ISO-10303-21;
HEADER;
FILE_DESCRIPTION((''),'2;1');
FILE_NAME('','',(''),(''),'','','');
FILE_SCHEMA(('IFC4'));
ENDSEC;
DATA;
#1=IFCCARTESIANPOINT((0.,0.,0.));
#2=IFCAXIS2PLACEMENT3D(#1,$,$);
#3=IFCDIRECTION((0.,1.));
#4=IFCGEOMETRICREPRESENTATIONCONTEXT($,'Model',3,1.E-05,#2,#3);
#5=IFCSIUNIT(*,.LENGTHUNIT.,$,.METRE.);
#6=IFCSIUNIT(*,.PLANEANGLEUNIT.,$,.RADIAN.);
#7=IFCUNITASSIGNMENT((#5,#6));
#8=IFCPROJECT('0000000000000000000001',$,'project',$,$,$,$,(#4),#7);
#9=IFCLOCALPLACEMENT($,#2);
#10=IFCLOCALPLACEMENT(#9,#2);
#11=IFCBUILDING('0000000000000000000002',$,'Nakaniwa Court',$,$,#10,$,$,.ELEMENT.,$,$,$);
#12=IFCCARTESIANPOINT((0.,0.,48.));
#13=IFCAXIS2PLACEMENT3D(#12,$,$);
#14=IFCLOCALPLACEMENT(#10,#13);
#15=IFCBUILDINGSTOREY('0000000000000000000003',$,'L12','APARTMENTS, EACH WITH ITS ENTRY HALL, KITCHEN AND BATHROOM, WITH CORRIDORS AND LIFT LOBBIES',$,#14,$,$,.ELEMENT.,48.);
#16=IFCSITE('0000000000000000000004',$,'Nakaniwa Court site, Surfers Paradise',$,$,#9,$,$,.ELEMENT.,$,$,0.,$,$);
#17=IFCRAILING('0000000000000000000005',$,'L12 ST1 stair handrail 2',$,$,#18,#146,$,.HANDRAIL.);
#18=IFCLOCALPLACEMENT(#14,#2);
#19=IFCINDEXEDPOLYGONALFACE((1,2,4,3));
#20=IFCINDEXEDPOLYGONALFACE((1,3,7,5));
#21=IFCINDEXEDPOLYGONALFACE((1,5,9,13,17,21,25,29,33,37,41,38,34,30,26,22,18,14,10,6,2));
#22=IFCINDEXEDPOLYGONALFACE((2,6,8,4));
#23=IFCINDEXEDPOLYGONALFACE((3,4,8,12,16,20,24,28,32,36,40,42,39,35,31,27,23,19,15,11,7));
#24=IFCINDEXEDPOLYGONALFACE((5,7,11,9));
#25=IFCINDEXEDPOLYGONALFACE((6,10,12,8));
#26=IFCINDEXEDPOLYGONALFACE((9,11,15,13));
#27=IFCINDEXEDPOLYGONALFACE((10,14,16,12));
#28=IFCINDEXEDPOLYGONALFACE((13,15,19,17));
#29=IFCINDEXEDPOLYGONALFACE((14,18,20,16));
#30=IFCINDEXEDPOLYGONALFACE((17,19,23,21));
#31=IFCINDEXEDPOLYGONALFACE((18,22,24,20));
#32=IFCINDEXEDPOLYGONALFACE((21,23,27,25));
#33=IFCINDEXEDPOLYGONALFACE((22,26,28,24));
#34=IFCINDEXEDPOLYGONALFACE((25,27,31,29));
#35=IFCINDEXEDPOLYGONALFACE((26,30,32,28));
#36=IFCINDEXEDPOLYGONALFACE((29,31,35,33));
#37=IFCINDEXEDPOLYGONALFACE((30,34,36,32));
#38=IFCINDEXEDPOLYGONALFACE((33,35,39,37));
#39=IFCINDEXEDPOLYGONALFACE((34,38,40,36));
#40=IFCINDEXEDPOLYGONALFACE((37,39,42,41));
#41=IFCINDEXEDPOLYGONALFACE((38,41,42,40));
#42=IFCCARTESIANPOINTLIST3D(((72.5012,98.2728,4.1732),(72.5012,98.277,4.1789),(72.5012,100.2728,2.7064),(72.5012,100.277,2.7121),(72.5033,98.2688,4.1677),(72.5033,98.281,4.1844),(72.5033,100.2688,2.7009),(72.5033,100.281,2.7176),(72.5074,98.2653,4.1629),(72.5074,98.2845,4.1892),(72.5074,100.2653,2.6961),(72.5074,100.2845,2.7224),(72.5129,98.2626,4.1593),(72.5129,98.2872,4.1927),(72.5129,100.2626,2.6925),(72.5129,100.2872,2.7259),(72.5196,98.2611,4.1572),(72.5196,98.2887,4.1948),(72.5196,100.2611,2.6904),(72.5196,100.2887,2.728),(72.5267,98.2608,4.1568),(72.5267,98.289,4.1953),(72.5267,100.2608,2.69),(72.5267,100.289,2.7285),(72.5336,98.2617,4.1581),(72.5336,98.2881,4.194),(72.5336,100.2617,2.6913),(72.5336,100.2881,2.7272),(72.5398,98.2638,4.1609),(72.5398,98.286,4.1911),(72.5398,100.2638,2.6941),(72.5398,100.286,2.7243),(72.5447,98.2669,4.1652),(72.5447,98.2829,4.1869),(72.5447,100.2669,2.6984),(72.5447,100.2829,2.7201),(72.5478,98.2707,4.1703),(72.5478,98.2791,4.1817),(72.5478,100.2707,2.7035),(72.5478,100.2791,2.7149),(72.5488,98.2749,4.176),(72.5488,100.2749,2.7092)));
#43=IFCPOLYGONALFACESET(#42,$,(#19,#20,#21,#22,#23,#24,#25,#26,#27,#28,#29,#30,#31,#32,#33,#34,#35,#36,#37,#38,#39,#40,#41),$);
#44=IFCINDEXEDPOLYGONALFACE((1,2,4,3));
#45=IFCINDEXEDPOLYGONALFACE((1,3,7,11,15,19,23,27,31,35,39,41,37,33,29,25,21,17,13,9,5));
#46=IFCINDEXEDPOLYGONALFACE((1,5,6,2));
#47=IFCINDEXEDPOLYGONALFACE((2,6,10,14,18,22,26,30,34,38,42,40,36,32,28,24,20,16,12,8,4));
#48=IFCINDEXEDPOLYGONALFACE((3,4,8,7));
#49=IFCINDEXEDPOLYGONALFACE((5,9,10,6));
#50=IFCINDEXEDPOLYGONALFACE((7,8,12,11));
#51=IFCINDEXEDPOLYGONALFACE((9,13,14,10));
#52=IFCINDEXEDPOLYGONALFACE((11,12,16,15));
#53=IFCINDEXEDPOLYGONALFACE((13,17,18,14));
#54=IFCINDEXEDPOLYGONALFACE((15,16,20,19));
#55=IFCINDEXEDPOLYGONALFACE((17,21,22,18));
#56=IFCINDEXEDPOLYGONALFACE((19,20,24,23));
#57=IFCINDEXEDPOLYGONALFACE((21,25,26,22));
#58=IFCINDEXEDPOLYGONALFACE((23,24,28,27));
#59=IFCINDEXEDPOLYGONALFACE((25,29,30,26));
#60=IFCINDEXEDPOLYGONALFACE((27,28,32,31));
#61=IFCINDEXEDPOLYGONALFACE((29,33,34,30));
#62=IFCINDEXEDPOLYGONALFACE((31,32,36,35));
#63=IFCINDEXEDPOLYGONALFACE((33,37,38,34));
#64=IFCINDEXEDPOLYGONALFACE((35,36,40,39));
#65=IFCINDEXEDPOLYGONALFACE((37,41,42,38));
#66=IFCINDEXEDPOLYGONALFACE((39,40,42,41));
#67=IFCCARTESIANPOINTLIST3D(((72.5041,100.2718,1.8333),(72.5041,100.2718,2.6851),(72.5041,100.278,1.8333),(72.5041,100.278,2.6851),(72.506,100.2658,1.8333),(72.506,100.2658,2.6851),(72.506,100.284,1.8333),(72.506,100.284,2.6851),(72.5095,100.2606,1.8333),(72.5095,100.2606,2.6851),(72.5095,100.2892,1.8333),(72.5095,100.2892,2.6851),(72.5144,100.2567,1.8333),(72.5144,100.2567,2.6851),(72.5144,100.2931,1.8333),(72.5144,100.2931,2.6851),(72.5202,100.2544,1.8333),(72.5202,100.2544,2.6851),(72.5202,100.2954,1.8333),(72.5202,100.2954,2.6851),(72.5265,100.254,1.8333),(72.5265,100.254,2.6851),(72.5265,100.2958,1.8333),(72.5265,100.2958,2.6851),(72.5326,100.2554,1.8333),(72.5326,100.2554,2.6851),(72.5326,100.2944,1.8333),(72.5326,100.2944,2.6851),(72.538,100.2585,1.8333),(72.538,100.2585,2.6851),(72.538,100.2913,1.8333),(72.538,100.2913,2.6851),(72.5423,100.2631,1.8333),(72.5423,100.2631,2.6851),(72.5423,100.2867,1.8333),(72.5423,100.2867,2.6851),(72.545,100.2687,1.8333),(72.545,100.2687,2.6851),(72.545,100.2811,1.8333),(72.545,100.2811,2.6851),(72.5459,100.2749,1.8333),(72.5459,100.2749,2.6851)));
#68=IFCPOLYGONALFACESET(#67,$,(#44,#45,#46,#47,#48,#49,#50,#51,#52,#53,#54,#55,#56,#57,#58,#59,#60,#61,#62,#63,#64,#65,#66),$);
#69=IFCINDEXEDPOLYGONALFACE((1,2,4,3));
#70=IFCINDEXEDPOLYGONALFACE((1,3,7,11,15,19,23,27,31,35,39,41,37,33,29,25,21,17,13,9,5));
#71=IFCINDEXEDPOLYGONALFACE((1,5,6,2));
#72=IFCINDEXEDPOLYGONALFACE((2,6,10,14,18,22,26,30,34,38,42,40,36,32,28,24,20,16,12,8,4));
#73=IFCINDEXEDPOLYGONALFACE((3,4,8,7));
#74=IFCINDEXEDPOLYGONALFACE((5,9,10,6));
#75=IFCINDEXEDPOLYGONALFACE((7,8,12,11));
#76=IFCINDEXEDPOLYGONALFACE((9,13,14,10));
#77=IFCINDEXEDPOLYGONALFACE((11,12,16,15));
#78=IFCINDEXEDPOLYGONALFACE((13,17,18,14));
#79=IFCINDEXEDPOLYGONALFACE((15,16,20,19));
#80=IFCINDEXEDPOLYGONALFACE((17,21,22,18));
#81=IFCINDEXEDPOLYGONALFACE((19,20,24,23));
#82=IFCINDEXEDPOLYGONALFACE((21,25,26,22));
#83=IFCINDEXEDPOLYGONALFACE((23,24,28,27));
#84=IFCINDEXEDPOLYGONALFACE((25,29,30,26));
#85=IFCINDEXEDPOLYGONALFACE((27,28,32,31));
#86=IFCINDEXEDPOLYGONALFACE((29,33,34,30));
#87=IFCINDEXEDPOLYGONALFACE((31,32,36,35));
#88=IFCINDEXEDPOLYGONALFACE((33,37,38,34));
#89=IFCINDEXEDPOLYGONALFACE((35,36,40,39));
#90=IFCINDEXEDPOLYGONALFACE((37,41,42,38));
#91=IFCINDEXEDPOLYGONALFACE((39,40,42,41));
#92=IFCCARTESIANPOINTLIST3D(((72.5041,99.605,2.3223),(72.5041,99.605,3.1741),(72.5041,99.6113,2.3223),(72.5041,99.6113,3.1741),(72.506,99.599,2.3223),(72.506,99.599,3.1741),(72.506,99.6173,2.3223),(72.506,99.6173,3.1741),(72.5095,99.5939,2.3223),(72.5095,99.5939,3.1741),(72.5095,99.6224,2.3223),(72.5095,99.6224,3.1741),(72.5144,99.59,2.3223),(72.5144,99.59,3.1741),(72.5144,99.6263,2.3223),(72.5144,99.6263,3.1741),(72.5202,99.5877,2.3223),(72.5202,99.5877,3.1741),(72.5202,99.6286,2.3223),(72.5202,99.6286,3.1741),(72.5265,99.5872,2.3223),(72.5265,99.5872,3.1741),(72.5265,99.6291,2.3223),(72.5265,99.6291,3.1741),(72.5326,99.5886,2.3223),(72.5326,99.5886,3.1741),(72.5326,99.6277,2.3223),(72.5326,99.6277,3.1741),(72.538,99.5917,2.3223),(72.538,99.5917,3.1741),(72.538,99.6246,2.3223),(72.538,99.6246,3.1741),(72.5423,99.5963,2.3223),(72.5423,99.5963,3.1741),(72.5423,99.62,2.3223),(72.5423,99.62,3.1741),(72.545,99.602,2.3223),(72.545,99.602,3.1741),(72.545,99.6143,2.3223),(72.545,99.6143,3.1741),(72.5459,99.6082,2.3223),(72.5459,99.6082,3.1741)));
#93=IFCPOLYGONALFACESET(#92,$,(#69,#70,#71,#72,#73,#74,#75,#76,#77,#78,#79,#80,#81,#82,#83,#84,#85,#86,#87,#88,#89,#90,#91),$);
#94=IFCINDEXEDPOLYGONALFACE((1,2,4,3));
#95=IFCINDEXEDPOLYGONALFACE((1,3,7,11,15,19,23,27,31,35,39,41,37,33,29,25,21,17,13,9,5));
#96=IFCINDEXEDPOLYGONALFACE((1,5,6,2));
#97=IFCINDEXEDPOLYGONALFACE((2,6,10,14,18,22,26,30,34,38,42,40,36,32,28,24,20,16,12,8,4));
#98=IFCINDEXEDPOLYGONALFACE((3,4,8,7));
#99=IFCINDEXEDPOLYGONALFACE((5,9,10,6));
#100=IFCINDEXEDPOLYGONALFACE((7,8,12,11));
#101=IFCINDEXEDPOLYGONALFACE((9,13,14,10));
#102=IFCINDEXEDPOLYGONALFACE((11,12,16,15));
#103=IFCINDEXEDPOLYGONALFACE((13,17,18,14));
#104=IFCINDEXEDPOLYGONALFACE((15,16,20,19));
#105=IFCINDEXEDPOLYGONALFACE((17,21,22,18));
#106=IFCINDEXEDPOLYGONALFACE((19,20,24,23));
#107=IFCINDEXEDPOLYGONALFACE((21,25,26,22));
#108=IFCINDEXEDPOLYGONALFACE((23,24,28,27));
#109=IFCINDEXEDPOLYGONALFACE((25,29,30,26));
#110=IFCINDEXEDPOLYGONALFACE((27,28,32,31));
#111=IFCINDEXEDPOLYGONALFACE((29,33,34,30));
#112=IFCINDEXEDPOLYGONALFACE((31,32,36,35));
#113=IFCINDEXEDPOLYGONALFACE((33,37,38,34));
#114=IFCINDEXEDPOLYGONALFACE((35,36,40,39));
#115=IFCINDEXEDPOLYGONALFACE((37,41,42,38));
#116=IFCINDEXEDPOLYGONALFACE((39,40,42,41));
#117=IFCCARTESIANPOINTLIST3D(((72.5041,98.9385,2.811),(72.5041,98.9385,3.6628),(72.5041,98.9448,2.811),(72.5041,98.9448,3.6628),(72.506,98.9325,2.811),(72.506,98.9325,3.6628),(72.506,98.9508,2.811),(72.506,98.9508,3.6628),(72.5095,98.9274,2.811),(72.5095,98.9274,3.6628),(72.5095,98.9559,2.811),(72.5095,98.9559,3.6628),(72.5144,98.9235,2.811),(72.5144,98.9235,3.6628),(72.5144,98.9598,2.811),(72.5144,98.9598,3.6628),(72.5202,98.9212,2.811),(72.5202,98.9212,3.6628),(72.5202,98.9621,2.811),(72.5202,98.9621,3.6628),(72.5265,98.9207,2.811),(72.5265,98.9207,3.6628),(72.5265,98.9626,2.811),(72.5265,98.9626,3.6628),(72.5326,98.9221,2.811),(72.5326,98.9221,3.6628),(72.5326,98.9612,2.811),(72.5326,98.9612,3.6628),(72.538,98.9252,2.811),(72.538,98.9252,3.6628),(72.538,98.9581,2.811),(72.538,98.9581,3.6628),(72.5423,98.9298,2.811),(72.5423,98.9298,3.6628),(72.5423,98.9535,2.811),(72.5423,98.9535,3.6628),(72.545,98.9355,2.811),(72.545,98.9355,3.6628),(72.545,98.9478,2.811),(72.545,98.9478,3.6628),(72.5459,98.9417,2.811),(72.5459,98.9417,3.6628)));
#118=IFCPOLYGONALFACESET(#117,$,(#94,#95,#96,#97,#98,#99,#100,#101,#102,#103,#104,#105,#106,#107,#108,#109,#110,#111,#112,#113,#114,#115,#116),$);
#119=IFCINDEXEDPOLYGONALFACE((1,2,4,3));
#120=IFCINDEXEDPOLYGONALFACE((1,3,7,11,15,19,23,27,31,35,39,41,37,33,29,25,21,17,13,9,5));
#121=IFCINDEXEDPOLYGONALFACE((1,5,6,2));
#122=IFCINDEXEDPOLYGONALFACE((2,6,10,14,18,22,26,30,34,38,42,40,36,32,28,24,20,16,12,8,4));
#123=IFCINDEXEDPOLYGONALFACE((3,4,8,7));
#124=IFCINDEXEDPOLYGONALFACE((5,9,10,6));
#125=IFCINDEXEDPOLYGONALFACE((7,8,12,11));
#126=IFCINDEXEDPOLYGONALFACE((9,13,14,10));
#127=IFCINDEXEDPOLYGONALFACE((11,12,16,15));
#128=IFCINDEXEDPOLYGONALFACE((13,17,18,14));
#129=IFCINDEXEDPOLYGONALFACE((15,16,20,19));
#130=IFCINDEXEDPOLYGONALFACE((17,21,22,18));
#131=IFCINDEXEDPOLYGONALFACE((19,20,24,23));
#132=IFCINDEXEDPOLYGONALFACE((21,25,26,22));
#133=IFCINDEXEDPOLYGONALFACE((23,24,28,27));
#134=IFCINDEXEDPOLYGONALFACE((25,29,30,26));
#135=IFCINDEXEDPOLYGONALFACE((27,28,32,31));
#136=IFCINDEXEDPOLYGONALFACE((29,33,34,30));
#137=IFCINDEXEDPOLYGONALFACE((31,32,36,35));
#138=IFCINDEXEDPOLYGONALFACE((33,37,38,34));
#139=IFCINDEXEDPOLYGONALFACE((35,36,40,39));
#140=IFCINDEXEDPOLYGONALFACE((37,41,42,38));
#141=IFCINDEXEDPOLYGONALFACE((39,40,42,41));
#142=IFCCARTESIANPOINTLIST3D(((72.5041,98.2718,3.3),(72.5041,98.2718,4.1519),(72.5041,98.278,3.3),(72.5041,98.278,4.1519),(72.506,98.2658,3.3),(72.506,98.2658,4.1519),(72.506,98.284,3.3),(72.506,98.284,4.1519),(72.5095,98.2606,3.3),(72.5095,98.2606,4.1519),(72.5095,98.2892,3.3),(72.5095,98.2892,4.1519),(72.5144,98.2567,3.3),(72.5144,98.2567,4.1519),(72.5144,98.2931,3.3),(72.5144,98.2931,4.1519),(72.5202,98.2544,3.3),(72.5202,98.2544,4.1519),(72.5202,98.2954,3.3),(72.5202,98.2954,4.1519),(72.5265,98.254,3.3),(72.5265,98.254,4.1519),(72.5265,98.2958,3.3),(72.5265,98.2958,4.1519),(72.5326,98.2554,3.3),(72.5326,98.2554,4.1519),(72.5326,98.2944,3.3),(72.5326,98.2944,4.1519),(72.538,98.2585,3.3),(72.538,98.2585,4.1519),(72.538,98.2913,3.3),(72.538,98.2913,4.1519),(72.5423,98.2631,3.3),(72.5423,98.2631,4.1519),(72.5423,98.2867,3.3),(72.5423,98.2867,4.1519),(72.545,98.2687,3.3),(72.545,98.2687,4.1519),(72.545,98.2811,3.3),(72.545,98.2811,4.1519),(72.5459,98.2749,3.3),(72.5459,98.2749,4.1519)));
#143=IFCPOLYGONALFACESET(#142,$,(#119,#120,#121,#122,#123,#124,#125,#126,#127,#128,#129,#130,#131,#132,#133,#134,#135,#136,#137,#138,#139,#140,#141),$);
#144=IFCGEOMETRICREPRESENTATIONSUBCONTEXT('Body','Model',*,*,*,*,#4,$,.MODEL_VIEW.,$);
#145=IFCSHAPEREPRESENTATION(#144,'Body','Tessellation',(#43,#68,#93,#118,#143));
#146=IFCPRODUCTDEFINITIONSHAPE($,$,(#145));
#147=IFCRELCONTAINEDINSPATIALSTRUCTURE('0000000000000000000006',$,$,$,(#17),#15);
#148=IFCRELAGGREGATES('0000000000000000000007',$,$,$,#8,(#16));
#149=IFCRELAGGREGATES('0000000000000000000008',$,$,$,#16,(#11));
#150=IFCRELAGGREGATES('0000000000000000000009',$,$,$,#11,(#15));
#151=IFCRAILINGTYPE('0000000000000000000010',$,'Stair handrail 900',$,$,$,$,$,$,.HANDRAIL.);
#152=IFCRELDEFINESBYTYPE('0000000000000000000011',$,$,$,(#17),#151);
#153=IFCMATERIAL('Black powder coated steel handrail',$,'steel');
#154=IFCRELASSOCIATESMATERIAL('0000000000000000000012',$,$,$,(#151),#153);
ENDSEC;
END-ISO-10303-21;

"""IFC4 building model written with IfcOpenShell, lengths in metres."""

from ifc_helpers import new_model, si_unit, direction, frame, origin, origin_2d, place, context, subcontext, project, spatial, circle, extrude, material, type_object, element, save


model = new_model("IFC4")

# Units and contexts
model_context = context("Model", 3, precision=1e-05, world=origin(), true_north=direction((0.0, 1.0)))
body_context = subcontext(model_context, "Body", "Model", "MODEL_VIEW")
ifc_project = project(units=[si_unit("LENGTHUNIT", "METRE"), si_unit("PLANEANGLEUNIT", "RADIAN")], contexts=[model_context])

# Site, building, storey
site_placement = place(None, origin())
site = spatial("IfcSite", under=ifc_project, at=site_placement, Name="Nakaniwa Court site, Surfers Paradise", CompositionType="ELEMENT", RefElevation=0.0)
building_placement = place(site_placement, origin())
building = spatial("IfcBuilding", under=site, at=building_placement, Name="Nakaniwa Court", CompositionType="ELEMENT")
storey_placement = place(building_placement, frame((0.0, 0.0, 48.0)))
storey = spatial("IfcBuildingStorey", under=building, at=storey_placement, Name="L12", Description="APARTMENTS, EACH WITH ITS ENTRY HALL, KITCHEN AND BATHROOM, WITH CORRIDORS AND LIFT LOBBIES", CompositionType="ELEMENT", Elevation=48.0)

# Railing
ifc_material_1 = material(Name="Black powder coated steel handrail", Category="steel")
railing_type_1 = type_object("IfcRailingType", Name="Stair handrail 900", PredefinedType="HANDRAIL", material=ifc_material_1)
railing_1_placement = place(storey_placement, frame((72.5249, 100.2749, 1.8333)))
element("IfcRailing", 1, at=railing_1_placement, inside=storey, type_object=railing_type_1, Name="L12 ST1 stair handrail 2", PredefinedType="HANDRAIL", context=body_context, shape_type="SweptSolid", body=[
    extrude(circle(Radius=0.0239, at=origin_2d()), frame((0.0, 0.0, 0.876), z_axis=(0.0, -0.80638, 0.591398), x_axis=(1.0, 0.0, 0.0)), (0.0, 0.0, 1.0), 2.4802),
    extrude(circle(Radius=0.021, at=origin_2d()), origin(), (0.0, 0.0, 1.0), 0.8518),
    extrude(circle(Radius=0.021, at=origin_2d()), frame((0.0, -0.6667, 0.489)), (0.0, 0.0, 1.0), 0.8518),
    extrude(circle(Radius=0.021, at=origin_2d()), frame((0.0, -1.3333, 0.9778)), (0.0, 0.0, 1.0), 0.8518),
    extrude(circle(Radius=0.021, at=origin_2d()), frame((0.0, -2.0, 1.4668)), (0.0, 0.0, 1.0), 0.8518),
])

save(model, "model.ifc")
